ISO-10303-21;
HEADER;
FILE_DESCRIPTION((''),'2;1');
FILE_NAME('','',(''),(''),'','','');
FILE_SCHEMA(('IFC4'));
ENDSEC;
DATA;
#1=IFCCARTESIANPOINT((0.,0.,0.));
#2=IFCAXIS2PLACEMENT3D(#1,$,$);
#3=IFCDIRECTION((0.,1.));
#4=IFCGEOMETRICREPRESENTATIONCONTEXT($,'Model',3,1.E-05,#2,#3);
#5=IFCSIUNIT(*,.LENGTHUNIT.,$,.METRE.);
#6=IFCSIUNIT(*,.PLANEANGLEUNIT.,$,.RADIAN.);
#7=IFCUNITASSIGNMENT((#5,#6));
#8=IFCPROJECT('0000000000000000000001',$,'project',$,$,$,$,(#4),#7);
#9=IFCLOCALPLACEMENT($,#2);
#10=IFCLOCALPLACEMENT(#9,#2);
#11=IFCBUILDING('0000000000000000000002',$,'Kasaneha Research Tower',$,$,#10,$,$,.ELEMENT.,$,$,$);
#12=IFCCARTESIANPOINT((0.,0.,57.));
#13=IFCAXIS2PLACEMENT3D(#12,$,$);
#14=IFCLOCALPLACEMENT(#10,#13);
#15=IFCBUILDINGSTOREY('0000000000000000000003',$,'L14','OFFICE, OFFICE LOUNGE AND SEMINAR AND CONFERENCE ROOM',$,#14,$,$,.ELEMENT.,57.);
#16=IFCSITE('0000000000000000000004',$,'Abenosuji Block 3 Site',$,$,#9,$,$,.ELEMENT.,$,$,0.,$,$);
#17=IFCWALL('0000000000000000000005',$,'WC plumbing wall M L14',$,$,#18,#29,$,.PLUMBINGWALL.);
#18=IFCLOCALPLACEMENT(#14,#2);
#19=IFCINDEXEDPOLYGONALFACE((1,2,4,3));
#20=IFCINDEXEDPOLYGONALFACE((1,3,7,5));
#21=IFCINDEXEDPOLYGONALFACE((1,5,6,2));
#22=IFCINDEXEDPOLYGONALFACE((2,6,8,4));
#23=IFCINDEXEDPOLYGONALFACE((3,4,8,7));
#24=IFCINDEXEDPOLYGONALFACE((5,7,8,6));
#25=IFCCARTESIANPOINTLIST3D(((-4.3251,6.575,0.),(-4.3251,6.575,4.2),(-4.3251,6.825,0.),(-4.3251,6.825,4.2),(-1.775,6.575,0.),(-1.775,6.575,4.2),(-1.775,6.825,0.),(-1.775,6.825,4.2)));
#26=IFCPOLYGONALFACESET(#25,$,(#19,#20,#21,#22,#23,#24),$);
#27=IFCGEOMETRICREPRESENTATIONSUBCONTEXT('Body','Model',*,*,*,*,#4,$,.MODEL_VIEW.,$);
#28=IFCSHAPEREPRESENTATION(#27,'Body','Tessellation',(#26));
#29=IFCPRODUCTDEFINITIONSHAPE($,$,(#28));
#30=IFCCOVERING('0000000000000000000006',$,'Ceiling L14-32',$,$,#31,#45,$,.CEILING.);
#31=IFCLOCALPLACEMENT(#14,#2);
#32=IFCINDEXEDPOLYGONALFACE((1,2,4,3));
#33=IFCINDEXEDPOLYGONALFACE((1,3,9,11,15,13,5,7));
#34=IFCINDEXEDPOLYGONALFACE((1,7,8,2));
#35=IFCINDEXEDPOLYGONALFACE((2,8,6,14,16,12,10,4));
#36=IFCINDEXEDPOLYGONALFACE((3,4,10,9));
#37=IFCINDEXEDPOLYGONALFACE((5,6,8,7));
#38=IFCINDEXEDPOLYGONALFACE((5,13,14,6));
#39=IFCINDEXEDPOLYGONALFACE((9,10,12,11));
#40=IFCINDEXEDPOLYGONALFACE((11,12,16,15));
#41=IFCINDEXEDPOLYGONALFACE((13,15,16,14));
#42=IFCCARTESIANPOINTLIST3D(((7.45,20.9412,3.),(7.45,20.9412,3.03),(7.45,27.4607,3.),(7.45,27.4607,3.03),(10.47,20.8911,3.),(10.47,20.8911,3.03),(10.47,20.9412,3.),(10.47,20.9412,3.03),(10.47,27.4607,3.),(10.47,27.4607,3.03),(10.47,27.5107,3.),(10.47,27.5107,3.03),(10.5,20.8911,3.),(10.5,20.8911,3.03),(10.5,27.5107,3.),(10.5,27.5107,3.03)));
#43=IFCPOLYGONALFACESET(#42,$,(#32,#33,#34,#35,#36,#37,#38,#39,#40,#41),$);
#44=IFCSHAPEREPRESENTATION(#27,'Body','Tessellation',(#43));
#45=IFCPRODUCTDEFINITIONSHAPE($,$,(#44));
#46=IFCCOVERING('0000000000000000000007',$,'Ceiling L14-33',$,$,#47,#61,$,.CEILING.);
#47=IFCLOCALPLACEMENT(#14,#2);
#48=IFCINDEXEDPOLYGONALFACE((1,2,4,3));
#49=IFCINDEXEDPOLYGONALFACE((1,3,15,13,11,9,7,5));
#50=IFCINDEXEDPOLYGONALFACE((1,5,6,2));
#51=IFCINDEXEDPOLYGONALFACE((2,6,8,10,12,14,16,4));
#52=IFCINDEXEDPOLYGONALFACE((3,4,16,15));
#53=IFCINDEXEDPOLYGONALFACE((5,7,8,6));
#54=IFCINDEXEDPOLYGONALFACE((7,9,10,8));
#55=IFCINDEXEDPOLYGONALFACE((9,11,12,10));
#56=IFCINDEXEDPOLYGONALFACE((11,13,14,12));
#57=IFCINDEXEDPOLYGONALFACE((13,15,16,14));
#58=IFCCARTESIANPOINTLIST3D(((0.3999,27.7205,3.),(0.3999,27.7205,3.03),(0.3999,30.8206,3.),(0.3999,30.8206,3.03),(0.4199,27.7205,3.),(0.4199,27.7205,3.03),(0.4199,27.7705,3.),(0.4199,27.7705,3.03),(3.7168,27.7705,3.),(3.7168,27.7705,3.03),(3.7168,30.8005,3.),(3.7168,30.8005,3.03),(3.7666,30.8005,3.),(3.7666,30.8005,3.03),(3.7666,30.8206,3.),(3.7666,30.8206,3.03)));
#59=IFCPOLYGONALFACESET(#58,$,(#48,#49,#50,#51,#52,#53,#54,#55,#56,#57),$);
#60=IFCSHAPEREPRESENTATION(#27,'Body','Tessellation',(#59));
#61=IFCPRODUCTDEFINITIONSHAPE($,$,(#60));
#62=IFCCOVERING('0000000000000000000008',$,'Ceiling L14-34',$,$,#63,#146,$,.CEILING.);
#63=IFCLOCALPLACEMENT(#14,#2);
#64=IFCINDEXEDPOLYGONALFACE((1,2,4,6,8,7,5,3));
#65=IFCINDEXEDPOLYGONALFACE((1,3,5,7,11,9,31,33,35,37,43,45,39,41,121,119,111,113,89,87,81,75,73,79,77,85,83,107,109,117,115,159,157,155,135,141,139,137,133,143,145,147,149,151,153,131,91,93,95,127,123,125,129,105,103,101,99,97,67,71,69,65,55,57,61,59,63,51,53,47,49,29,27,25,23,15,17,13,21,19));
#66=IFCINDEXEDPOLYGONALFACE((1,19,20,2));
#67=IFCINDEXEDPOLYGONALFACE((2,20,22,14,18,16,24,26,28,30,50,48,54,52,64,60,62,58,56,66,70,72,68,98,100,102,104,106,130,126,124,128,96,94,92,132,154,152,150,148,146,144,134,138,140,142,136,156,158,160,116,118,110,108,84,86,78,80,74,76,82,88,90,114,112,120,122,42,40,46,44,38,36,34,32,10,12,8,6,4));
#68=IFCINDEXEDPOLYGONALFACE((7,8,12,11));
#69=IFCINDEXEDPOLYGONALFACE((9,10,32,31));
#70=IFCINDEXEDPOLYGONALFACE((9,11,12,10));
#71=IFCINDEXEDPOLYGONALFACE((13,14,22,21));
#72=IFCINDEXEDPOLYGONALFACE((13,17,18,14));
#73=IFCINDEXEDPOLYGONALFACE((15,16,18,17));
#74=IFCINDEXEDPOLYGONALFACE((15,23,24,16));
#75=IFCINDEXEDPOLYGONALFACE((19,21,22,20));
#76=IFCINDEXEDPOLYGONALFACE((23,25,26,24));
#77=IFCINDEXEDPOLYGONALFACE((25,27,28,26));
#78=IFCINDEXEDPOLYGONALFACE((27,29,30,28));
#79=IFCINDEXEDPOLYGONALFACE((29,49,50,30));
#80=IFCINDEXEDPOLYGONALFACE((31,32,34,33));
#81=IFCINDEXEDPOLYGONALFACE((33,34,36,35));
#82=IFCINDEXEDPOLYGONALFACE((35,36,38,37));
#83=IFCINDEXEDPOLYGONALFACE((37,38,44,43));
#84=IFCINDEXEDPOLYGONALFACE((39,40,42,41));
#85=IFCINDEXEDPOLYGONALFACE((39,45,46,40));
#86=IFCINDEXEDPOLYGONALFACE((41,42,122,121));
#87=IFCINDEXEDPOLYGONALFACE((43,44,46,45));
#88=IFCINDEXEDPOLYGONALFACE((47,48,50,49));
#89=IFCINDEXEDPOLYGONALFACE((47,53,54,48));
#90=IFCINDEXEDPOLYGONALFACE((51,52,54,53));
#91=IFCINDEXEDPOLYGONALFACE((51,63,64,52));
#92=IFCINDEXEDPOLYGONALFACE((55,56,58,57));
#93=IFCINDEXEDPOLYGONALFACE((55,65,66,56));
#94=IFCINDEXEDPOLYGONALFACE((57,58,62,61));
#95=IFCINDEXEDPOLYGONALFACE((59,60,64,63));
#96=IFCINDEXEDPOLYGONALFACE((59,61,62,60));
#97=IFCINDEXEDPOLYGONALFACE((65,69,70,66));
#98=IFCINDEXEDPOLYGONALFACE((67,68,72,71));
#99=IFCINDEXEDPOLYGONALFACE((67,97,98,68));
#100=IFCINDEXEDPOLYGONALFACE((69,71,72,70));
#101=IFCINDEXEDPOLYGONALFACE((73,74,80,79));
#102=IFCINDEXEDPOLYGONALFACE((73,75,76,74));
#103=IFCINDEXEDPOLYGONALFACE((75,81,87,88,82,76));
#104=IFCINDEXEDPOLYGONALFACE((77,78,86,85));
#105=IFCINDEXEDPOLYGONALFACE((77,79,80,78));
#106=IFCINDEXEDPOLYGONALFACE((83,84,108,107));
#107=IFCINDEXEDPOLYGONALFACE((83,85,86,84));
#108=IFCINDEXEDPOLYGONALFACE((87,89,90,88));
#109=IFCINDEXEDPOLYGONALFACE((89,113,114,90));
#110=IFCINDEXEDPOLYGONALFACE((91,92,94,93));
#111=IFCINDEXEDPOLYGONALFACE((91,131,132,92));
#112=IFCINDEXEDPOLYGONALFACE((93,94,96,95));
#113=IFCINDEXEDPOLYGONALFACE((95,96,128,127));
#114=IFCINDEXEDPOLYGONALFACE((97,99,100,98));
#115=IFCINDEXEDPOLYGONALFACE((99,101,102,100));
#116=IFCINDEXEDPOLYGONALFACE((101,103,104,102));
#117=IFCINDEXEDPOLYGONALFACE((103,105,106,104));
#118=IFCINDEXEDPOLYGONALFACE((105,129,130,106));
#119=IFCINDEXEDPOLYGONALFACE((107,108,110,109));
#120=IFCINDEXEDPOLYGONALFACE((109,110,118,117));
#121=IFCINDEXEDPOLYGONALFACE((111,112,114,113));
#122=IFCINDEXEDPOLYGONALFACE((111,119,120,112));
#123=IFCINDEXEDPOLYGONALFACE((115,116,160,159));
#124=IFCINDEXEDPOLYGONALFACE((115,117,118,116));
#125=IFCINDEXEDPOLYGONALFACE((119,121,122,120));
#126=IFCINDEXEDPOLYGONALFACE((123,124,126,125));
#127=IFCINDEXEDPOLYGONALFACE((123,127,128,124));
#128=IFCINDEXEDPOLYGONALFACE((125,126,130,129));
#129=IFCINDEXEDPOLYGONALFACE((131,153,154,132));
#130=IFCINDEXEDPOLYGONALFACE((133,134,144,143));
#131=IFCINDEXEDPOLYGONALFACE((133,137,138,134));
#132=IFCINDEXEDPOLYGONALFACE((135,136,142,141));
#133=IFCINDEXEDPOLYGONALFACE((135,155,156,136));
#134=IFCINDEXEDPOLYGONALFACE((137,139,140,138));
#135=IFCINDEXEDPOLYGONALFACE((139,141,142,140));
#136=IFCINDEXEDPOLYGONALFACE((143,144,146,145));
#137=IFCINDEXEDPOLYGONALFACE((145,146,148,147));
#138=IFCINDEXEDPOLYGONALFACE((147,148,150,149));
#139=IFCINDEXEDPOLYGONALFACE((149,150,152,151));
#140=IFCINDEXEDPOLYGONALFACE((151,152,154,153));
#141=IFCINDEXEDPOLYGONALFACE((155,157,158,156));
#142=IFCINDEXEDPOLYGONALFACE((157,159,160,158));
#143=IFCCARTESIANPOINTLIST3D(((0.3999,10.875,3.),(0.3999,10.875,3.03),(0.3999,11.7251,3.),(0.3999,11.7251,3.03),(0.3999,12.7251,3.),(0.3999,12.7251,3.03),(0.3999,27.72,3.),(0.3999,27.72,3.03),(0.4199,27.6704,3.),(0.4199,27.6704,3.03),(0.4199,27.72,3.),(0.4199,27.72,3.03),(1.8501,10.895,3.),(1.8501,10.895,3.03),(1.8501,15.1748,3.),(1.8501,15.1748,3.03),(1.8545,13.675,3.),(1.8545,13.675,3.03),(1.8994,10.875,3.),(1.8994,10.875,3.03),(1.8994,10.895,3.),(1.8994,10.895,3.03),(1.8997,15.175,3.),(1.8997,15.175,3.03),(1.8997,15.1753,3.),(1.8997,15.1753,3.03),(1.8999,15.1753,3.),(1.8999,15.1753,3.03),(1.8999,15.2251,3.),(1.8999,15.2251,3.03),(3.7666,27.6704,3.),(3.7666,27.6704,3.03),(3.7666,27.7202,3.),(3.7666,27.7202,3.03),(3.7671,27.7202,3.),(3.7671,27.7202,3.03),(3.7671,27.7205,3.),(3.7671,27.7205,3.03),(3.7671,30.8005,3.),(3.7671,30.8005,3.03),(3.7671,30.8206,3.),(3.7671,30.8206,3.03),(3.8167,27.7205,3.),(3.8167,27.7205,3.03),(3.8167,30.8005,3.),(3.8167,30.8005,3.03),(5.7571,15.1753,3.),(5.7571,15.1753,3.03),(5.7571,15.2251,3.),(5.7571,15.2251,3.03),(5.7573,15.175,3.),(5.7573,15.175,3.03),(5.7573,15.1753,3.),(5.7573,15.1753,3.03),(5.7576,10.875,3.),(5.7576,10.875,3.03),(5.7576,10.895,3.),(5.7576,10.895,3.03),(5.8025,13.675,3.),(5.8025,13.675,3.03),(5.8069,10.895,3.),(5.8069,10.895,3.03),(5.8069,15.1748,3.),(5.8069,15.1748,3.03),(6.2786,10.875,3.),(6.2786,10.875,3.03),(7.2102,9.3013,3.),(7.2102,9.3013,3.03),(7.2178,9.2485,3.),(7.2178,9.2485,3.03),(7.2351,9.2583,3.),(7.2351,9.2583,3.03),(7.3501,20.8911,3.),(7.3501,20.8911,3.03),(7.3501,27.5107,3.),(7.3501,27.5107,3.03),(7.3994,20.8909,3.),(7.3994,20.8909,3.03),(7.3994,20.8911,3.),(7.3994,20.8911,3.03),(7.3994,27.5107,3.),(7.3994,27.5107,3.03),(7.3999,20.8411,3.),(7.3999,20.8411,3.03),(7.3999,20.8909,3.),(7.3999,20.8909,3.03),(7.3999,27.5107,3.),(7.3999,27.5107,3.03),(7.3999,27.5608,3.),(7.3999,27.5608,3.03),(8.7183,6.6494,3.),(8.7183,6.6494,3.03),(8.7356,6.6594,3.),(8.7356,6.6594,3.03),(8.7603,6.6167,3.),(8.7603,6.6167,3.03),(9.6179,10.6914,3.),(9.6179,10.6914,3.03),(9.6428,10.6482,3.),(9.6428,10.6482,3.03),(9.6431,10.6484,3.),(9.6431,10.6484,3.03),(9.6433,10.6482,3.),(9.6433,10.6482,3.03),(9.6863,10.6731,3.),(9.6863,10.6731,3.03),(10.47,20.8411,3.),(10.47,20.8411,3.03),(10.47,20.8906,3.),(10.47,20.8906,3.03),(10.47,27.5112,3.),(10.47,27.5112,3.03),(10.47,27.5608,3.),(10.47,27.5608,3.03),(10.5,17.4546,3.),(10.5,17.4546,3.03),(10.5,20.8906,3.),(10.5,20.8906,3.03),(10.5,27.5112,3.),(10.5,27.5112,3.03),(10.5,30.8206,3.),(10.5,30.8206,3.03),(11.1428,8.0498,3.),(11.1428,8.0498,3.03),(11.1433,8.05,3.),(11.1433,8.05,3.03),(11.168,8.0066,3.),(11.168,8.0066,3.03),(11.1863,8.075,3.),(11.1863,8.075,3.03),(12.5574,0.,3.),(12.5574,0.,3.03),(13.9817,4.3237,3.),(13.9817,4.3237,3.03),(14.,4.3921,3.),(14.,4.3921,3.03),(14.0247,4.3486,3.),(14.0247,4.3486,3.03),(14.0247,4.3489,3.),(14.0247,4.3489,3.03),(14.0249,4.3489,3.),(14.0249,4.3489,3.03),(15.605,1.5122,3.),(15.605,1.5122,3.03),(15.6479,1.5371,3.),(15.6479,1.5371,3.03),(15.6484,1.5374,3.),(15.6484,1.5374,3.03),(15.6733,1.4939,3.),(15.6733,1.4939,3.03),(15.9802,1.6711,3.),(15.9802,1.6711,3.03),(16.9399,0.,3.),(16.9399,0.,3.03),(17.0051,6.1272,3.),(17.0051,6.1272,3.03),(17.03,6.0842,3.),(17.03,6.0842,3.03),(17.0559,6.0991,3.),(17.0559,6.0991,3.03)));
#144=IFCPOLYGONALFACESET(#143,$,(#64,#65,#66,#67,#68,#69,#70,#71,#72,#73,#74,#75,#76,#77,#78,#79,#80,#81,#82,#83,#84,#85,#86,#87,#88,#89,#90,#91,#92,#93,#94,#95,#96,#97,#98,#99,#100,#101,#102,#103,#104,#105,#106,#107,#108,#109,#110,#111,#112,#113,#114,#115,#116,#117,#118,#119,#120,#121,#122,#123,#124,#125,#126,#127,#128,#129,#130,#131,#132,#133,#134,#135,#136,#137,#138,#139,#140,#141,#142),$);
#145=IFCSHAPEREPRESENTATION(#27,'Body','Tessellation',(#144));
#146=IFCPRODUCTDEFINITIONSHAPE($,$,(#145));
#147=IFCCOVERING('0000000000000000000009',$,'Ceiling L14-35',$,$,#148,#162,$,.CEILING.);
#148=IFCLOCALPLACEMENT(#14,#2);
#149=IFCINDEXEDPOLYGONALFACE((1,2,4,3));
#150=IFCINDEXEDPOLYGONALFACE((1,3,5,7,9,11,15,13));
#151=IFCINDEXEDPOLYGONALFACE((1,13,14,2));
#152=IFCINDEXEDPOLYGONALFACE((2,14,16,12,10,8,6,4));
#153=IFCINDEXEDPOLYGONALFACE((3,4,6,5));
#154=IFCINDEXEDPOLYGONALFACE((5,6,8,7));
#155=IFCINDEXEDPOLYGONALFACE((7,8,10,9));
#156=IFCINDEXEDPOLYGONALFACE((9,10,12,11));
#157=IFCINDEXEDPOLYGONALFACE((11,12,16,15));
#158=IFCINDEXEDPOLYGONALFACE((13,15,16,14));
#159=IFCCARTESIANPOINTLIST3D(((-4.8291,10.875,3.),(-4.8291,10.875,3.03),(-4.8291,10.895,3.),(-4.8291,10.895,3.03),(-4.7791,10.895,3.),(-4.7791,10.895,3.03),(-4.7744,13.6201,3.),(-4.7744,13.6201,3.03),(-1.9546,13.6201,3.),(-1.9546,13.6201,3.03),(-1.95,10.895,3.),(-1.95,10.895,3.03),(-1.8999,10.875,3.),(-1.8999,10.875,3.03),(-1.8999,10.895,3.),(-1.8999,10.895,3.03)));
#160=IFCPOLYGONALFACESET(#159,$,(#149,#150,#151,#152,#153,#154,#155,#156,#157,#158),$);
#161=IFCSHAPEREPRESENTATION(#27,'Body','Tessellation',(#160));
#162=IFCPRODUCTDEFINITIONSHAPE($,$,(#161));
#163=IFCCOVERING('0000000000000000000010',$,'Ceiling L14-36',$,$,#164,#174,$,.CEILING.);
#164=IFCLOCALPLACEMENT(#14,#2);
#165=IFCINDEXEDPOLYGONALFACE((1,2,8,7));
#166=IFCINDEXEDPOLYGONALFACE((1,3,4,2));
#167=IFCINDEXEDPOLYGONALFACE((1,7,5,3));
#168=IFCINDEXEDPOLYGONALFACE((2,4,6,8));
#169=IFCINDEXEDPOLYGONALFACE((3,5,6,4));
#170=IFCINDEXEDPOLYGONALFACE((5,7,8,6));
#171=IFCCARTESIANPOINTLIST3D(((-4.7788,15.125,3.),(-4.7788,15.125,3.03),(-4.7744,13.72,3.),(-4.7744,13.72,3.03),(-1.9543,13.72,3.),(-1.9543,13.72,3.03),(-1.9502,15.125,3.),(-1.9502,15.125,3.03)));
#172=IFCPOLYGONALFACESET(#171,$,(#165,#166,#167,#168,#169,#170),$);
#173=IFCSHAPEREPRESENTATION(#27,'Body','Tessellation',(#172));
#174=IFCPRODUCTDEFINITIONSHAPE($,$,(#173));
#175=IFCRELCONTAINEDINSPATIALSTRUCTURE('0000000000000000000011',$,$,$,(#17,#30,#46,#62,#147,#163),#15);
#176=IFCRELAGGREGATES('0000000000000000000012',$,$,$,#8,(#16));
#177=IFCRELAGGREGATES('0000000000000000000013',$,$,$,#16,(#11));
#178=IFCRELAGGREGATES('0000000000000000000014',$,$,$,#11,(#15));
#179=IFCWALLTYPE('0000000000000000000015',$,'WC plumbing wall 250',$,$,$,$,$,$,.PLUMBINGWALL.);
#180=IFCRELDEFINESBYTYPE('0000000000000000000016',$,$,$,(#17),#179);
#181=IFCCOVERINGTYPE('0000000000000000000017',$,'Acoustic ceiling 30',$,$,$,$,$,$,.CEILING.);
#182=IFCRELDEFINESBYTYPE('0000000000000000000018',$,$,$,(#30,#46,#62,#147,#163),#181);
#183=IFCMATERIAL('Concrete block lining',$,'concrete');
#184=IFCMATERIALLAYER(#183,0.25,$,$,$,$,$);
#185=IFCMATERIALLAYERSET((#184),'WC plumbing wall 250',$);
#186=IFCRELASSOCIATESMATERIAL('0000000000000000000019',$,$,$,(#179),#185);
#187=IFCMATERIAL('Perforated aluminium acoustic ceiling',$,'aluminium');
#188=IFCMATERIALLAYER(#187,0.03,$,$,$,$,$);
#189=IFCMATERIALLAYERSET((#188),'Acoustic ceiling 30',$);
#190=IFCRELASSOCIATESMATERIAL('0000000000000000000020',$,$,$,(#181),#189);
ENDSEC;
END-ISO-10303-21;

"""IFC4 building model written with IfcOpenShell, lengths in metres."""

from ifc_helpers import new_model, si_unit, direction, frame, frame_2d, origin, place, context, subcontext, project, spatial, polyline, rectangle, outline, extrude, material, layer, layer_set, type_object, element, save


model = new_model("IFC4")

# Units and contexts
model_context = context("Model", 3, precision=1e-05, world=origin(), true_north=direction((0.0, 1.0)))
body_context = subcontext(model_context, "Body", "Model", "MODEL_VIEW")
ifc_project = project(units=[si_unit("LENGTHUNIT", "METRE"), si_unit("PLANEANGLEUNIT", "RADIAN")], contexts=[model_context])

# Site, building, storey
site_placement = place(None, origin())
site = spatial("IfcSite", under=ifc_project, at=site_placement, Name="Abenosuji Block 3 Site", CompositionType="ELEMENT", RefElevation=0.0)
building_placement = place(site_placement, origin())
building = spatial("IfcBuilding", under=site, at=building_placement, Name="Kasaneha Research Tower", CompositionType="ELEMENT")
storey_placement = place(building_placement, frame((0.0, 0.0, 57.0)))
storey = spatial("IfcBuildingStorey", under=building, at=storey_placement, Name="L14", Description="OFFICE, OFFICE LOUNGE AND SEMINAR AND CONFERENCE ROOM", CompositionType="ELEMENT", Elevation=57.0)

# Wall
ifc_material_1 = material(Name="Concrete block lining", Category="concrete")
ifc_layer_1 = layer(ifc_material_1, 0.25)
ifc_layer_set_1 = layer_set([ifc_layer_1], Name="WC plumbing wall 250")
wall_type_1 = type_object("IfcWallType", Name="WC plumbing wall 250", PredefinedType="PLUMBINGWALL", material=ifc_layer_set_1)
wall_1_placement = place(storey_placement, frame((-4.325, 6.7, 0.0), z_axis=(0.0, 0.0, 1.0), x_axis=(1.0, 0.0, 0.0)))
element("IfcWall", 1, at=wall_1_placement, inside=storey, type_object=wall_type_1, Name="WC plumbing wall M L14", PredefinedType="PLUMBINGWALL", context=body_context, shape_type="SweptSolid", body=[
    extrude(rectangle(XDim=2.55, YDim=0.25, at=frame_2d((1.2749, 0.0))), origin(), (0.0, 0.0, 1.0), 4.2),
])

# Coverings
ifc_material_2 = material(Name="Perforated aluminium acoustic ceiling", Category="aluminium")
ifc_layer_2 = layer(ifc_material_2, 0.03)
ifc_layer_set_2 = layer_set([ifc_layer_2], Name="Acoustic ceiling 30")
covering_type = type_object("IfcCoveringType", Name="Acoustic ceiling 30", PredefinedType="CEILING", material=ifc_layer_set_2)
covering_1_placement = place(storey_placement, frame((0.0, 0.0, 3.0)))
element("IfcCovering", 2, at=covering_1_placement, inside=storey, type_object=covering_type, Name="Ceiling L14-32", PredefinedType="CEILING", context=body_context, shape_type="SweptSolid", body=[
    extrude(outline(polyline([(10.5, 20.8911), (10.47, 20.8911), (10.47, 20.9412), (7.45, 20.9412), (7.45, 27.4607), (10.47, 27.4607), (10.47, 27.5107), (10.5, 27.5107), (10.5, 20.8911)])), origin(), (0.0, 0.0, 1.0), 0.03),
])
covering_2_placement = place(storey_placement, frame((0.0, 0.0, 3.0)))
element("IfcCovering", 3, at=covering_2_placement, inside=storey, type_object=covering_type, Name="Ceiling L14-33", PredefinedType="CEILING", context=body_context, shape_type="SweptSolid", body=[
    extrude(outline(polyline([(3.7666, 30.8206), (3.7666, 30.8005), (3.7168, 30.8005), (3.7168, 27.7705), (0.4199, 27.7705), (0.4199, 27.7205), (0.3999, 27.7205), (0.3999, 30.8206), (3.7666, 30.8206)])), origin(), (0.0, 0.0, 1.0), 0.03),
])
covering_3_placement = place(storey_placement, frame((0.0, 0.0, 3.0)))
element("IfcCovering", 4, at=covering_3_placement, inside=storey, type_object=covering_type, Name="Ceiling L14-34", PredefinedType="CEILING", context=body_context, shape_type="SweptSolid", body=[
    extrude(outline(polyline([(14.0247, 4.3486), (13.9817, 4.3237), (15.605, 1.5122), (15.6479, 1.5371), (15.6479, 1.5371), (15.6484, 1.5374), (15.6733, 1.4939), (15.9802, 1.6711), (16.9399, 0.0), (12.5574, 0.0), (8.7183, 6.6494), (8.7356, 6.6594), (8.7603, 6.6167), (11.168, 8.0066), (11.1428, 8.0498), (11.1433, 8.05), (11.1433, 8.05), (11.1863, 8.075), (9.6863, 10.6731), (9.6433, 10.6482), (9.6431, 10.6484), (9.6428, 10.6482), (9.6179, 10.6914), (7.2102, 9.3013), (7.2351, 9.2583), (7.2178, 9.2485), (6.2786, 10.875), (5.7576, 10.875), (5.7576, 10.895), (5.8069, 10.895), (5.8025, 13.675), (5.8069, 15.1748), (5.7573, 15.175), (5.7573, 15.1753), (5.7571, 15.1753), (5.7571, 15.2251), (1.8999, 15.2251), (1.8999, 15.1753), (1.8997, 15.1753), (1.8997, 15.175), (1.8501, 15.1748), (1.8545, 13.675), (1.8501, 10.895), (1.8994, 10.895), (1.8994, 10.875), (0.3999, 10.875), (0.3999, 11.7251), (0.3999, 12.7251), (0.3999, 27.72), (0.4199, 27.72), (0.4199, 27.6704), (3.7666, 27.6704), (3.7666, 27.7202), (3.7671, 27.7202), (3.7671, 27.7205), (3.8167, 27.7205), (3.8167, 30.8005), (3.7671, 30.8005), (3.7671, 30.8206), (10.5, 30.8206), (10.5, 27.5112), (10.47, 27.5112), (10.47, 27.5608), (7.3999, 27.5608), (7.3999, 27.5107), (7.3994, 27.5107), (7.3994, 27.5107), (7.3501, 27.5107), (7.3501, 20.8911), (7.3994, 20.8911), (7.3994, 20.8909), (7.3999, 20.8909), (7.3999, 20.8411), (10.47, 20.8411), (10.47, 20.8906), (10.5, 20.8906), (10.5, 17.4546), (17.0559, 6.0991), (17.03, 6.0842), (17.0051, 6.1272), (14.0, 4.3921), (14.0249, 4.3489), (14.0247, 4.3489), (14.0247, 4.3486)])), origin(), (0.0, 0.0, 1.0), 0.03),
])
covering_4_placement = place(storey_placement, frame((0.0, 0.0, 3.0)))
element("IfcCovering", 5, at=covering_4_placement, inside=storey, type_object=covering_type, Name="Ceiling L14-35", PredefinedType="CEILING", context=body_context, shape_type="SweptSolid", body=[
    extrude(outline(polyline([(-4.8291, 10.875), (-4.8291, 10.895), (-4.7791, 10.895), (-4.7744, 13.6201), (-1.9546, 13.6201), (-1.95, 10.895), (-1.8999, 10.895), (-1.8999, 10.875), (-4.8291, 10.875)])), origin(), (0.0, 0.0, 1.0), 0.03),
])
covering_5_placement = place(storey_placement, frame((0.0, 0.0, 3.0)))
element("IfcCovering", 6, at=covering_5_placement, inside=storey, type_object=covering_type, Name="Ceiling L14-36", PredefinedType="CEILING", context=body_context, shape_type="SweptSolid", body=[
    extrude(outline(polyline([(-1.9502, 15.125), (-1.9543, 13.72), (-4.7744, 13.72), (-4.7788, 15.125), (-1.9502, 15.125)])), origin(), (0.0, 0.0, 1.0), 0.03),
])

save(model, "model.ifc")
